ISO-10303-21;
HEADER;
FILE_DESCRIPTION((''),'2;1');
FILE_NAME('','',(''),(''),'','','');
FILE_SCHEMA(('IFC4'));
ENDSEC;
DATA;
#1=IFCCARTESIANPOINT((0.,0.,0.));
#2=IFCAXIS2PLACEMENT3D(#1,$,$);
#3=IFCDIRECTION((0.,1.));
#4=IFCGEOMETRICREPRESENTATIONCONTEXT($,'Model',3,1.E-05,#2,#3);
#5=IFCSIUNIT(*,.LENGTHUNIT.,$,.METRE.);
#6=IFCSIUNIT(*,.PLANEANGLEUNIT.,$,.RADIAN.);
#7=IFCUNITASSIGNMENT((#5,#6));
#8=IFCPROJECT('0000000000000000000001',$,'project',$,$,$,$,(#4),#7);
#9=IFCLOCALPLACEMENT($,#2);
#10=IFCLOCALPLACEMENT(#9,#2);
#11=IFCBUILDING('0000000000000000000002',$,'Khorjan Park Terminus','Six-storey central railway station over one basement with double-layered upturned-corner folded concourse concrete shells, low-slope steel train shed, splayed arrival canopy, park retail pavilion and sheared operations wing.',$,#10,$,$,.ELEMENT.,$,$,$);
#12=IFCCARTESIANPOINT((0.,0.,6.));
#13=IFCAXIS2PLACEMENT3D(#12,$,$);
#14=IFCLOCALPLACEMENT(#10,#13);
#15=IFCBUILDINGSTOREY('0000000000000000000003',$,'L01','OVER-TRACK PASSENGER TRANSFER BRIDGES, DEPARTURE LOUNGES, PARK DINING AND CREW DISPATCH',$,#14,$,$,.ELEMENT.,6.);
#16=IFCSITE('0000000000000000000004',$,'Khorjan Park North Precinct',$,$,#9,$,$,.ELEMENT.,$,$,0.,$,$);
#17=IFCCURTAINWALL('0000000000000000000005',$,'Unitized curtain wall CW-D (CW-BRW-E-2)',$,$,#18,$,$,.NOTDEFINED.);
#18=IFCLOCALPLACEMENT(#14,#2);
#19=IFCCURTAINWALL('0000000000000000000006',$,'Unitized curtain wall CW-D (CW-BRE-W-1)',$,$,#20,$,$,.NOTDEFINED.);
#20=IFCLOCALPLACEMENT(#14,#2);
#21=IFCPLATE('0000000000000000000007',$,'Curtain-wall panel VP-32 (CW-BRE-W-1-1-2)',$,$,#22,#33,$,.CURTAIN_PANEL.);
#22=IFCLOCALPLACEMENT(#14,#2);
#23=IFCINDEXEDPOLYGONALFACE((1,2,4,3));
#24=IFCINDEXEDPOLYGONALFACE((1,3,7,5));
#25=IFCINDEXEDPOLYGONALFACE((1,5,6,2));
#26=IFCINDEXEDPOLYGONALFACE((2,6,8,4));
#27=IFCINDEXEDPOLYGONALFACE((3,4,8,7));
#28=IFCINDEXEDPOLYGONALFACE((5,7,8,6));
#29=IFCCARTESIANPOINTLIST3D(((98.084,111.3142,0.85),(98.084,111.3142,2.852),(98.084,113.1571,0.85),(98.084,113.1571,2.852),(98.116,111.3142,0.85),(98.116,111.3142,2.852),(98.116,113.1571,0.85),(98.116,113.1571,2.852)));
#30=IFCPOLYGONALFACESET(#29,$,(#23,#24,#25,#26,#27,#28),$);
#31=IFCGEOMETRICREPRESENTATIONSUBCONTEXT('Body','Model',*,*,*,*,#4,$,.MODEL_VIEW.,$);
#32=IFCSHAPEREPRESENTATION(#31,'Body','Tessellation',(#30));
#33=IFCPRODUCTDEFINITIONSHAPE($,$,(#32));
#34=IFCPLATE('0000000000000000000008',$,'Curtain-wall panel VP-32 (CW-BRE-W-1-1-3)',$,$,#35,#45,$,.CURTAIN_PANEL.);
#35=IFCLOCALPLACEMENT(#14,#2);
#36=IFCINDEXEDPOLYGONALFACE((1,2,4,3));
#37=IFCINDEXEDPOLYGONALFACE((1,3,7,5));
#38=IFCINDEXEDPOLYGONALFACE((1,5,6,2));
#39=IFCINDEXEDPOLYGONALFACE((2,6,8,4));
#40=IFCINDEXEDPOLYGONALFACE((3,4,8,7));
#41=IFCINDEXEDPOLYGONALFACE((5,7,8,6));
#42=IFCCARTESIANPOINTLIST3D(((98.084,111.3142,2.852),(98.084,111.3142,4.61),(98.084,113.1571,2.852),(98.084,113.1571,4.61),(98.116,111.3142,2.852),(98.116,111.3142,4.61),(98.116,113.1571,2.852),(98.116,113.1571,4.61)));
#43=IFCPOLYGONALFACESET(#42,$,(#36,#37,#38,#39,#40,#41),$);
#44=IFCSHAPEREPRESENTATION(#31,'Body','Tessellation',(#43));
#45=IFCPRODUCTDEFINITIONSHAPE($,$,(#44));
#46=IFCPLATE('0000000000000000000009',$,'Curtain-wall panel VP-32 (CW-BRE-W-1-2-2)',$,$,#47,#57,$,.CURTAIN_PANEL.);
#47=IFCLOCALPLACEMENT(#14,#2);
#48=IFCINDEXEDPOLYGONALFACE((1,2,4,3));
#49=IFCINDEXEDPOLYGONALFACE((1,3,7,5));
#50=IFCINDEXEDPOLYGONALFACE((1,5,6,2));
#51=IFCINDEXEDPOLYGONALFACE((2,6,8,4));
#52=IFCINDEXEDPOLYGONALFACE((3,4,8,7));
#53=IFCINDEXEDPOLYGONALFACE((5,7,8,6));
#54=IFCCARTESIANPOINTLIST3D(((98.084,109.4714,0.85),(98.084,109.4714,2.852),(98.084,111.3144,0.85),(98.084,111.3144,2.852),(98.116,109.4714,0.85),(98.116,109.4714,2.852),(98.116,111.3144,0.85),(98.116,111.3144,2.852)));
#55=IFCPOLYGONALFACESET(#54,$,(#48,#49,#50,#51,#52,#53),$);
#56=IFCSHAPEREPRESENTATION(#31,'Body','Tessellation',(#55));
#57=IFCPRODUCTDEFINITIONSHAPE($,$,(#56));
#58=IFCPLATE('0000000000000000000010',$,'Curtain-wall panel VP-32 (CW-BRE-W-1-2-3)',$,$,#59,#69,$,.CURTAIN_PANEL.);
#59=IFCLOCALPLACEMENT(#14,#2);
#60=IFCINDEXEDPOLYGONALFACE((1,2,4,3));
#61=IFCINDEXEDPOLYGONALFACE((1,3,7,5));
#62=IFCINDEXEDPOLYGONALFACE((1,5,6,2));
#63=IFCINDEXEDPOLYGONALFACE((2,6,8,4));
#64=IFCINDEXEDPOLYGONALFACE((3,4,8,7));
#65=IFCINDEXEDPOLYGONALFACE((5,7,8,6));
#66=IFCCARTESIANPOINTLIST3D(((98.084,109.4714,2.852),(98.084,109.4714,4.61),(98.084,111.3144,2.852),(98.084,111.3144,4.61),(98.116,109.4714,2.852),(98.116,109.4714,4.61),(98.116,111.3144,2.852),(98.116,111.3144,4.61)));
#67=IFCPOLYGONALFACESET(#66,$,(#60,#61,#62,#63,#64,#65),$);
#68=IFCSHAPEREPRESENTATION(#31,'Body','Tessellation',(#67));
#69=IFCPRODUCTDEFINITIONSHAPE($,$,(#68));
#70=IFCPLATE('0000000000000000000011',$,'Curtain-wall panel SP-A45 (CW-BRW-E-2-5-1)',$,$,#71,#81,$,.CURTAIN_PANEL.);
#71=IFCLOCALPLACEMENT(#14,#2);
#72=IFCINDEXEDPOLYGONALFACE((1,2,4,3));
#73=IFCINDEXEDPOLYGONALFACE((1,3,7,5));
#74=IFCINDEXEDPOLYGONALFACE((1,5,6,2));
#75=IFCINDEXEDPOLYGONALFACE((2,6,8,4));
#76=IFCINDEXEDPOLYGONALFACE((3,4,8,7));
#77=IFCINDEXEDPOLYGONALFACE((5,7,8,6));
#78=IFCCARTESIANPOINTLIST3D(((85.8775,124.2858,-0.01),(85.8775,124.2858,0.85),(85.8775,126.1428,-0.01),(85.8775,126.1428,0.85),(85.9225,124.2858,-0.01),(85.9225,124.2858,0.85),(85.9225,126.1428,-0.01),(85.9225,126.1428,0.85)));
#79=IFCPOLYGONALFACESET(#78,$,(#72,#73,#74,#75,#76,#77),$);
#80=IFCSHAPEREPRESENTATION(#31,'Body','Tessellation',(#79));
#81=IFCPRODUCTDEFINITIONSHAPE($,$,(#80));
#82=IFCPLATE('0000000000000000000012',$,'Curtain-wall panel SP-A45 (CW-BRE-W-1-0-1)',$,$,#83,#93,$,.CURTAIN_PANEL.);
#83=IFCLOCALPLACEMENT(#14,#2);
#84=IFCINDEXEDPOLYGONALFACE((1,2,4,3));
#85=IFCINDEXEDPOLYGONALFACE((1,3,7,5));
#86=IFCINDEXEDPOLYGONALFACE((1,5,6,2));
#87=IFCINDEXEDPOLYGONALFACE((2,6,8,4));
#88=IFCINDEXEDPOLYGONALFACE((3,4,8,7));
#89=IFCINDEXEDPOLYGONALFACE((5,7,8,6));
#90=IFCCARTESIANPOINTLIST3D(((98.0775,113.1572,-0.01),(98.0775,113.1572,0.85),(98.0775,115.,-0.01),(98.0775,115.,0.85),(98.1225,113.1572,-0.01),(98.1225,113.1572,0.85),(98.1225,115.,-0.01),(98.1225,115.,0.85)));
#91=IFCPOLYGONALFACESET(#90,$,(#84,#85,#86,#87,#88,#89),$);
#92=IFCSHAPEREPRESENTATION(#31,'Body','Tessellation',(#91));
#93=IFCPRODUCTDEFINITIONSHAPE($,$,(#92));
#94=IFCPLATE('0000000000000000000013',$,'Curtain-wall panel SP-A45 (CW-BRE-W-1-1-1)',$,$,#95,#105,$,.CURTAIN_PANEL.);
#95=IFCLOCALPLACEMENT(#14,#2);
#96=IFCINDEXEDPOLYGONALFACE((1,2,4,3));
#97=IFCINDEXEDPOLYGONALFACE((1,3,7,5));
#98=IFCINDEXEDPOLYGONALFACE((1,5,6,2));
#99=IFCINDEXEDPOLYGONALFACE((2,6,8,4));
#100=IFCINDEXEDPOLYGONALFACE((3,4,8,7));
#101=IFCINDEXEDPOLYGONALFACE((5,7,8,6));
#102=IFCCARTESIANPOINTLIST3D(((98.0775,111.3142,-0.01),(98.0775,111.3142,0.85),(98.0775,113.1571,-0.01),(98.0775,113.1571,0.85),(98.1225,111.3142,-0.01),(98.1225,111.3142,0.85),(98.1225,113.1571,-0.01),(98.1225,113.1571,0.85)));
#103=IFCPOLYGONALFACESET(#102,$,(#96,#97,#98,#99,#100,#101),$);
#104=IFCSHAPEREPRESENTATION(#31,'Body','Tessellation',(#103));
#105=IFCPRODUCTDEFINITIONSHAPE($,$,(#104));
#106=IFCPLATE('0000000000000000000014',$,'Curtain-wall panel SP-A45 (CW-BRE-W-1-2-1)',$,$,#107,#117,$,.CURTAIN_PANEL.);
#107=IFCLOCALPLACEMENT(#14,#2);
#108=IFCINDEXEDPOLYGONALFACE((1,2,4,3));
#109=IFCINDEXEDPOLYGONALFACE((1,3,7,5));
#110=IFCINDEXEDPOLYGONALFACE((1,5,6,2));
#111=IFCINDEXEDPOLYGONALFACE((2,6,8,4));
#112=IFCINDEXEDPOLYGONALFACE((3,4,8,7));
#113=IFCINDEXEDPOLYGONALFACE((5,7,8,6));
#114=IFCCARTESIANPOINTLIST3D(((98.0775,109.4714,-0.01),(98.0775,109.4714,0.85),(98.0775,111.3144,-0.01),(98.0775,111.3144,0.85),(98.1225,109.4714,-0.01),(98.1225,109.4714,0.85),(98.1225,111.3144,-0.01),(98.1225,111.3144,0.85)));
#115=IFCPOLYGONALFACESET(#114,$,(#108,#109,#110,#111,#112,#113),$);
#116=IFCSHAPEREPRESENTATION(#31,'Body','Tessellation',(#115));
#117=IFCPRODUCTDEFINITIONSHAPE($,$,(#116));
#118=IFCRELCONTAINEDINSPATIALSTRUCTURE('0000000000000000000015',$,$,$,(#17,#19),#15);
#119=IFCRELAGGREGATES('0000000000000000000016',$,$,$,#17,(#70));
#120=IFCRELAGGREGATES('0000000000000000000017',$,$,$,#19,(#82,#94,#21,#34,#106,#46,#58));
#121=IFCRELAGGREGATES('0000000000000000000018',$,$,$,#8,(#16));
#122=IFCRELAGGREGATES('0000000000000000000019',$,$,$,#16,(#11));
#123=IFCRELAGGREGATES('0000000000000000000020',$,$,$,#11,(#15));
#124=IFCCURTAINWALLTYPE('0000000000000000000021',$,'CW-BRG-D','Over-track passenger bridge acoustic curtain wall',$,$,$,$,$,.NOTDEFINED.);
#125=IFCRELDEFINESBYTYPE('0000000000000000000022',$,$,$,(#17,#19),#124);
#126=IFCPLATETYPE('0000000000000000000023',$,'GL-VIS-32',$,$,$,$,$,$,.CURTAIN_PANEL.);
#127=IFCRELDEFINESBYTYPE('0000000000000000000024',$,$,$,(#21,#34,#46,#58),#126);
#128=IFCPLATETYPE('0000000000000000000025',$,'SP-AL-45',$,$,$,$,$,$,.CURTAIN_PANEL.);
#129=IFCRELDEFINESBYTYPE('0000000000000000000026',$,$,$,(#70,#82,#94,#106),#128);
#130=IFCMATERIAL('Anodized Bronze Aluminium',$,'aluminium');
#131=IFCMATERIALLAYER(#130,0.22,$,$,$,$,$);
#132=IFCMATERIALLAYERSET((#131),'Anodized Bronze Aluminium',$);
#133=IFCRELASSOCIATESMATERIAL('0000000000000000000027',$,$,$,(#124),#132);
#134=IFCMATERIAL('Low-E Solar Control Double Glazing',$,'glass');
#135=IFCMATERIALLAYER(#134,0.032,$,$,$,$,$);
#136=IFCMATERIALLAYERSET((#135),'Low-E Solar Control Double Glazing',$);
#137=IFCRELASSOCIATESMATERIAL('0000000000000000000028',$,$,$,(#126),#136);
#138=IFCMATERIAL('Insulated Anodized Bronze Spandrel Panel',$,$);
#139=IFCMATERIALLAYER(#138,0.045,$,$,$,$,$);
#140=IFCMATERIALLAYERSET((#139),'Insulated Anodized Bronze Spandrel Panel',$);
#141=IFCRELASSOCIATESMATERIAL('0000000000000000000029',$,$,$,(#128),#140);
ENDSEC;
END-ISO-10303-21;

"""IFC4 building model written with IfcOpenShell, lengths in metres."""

from ifc_helpers import new_model, si_unit, direction, frame, origin, origin_2d, place, context, subcontext, project, spatial, rectangle, extrude, material, layer, layer_set, type_object, element, aggregate, save


model = new_model("IFC4")

# Units and contexts
model_context = context("Model", 3, precision=1e-05, world=origin(), true_north=direction((0.0, 1.0)))
body_context = subcontext(model_context, "Body", "Model", "MODEL_VIEW")
ifc_project = project(units=[si_unit("LENGTHUNIT", "METRE"), si_unit("PLANEANGLEUNIT", "RADIAN")], contexts=[model_context])

# Site, building, storey
site_placement = place(None, origin())
site = spatial("IfcSite", under=ifc_project, at=site_placement, Name="Khorjan Park North Precinct", CompositionType="ELEMENT", RefElevation=0.0)
building_placement = place(site_placement, origin())
building = spatial("IfcBuilding", under=site, at=building_placement, Name="Khorjan Park Terminus", Description="Six-storey central railway station over one basement with double-layered upturned-corner folded concourse concrete shells, low-slope steel train shed, splayed arrival canopy, park retail pavilion and sheared operations wing.", CompositionType="ELEMENT")
storey_placement = place(building_placement, frame((0.0, 0.0, 6.0)))
storey = spatial("IfcBuildingStorey", under=building, at=storey_placement, Name="L01", Description="OVER-TRACK PASSENGER TRANSFER BRIDGES, DEPARTURE LOUNGES, PARK DINING AND CREW DISPATCH", CompositionType="ELEMENT", Elevation=6.0)

# Curtain wall
ifc_material_1 = material(Name="Anodized Bronze Aluminium", Category="aluminium")
ifc_layer_1 = layer(ifc_material_1, 0.22)
ifc_layer_set_1 = layer_set([ifc_layer_1], Name="Anodized Bronze Aluminium")
curtain_wall_type = type_object("IfcCurtainWallType", Name="CW-BRG-D", Description="Over-track passenger bridge acoustic curtain wall", PredefinedType="NOTDEFINED", material=ifc_layer_set_1)
curtain_wall_1_placement = place(storey_placement, origin())
curtain_wall_1 = element("IfcCurtainWall", 1, at=curtain_wall_1_placement, inside=storey, type_object=curtain_wall_type, Name="Unitized curtain wall CW-D (CW-BRW-E-2)", PredefinedType="NOTDEFINED")

# Curtain wall
curtain_wall_2_placement = place(storey_placement, origin())
curtain_wall_2 = element("IfcCurtainWall", 2, at=curtain_wall_2_placement, inside=storey, type_object=curtain_wall_type, Name="Unitized curtain wall CW-D (CW-BRE-W-1)", PredefinedType="NOTDEFINED")

# Plates
ifc_material_2 = material(Name="Low-E Solar Control Double Glazing", Category="glass")
ifc_layer_2 = layer(ifc_material_2, 0.032)
ifc_layer_set_2 = layer_set([ifc_layer_2], Name="Low-E Solar Control Double Glazing")
plate_type_1 = type_object("IfcPlateType", Name="GL-VIS-32", PredefinedType="CURTAIN_PANEL", material=ifc_layer_set_2)
plate_1_placement = place(storey_placement, frame((98.1, 112.2357, 0.85), z_axis=(0.0, 0.0, 1.0), x_axis=(0.0, -1.0, 0.0)))
plate_1 = element("IfcPlate", 3, at=plate_1_placement, type_object=plate_type_1, Name="Curtain-wall panel VP-32 (CW-BRE-W-1-1-2)", PredefinedType="CURTAIN_PANEL", context=body_context, shape_type="SweptSolid", body=[
    extrude(rectangle(XDim=1.8429, YDim=0.032, at=origin_2d()), origin(), (0.0, 0.0, 1.0), 2.002),
])
plate_2_placement = place(storey_placement, frame((98.1, 112.2357, 2.852), z_axis=(0.0, 0.0, 1.0), x_axis=(0.0, -1.0, 0.0)))
plate_2 = element("IfcPlate", 4, at=plate_2_placement, type_object=plate_type_1, Name="Curtain-wall panel VP-32 (CW-BRE-W-1-1-3)", PredefinedType="CURTAIN_PANEL", context=body_context, shape_type="SweptSolid", body=[
    extrude(rectangle(XDim=1.8429, YDim=0.032, at=origin_2d()), origin(), (0.0, 0.0, 1.0), 1.758),
])
plate_3_placement = place(storey_placement, frame((98.1, 110.3929, 0.85), z_axis=(0.0, 0.0, 1.0), x_axis=(0.0, -1.0, 0.0)))
plate_3 = element("IfcPlate", 5, at=plate_3_placement, type_object=plate_type_1, Name="Curtain-wall panel VP-32 (CW-BRE-W-1-2-2)", PredefinedType="CURTAIN_PANEL", context=body_context, shape_type="SweptSolid", body=[
    extrude(rectangle(XDim=1.8429, YDim=0.032, at=origin_2d()), origin(), (0.0, 0.0, 1.0), 2.002),
])
plate_4_placement = place(storey_placement, frame((98.1, 110.3929, 2.852), z_axis=(0.0, 0.0, 1.0), x_axis=(0.0, -1.0, 0.0)))
plate_4 = element("IfcPlate", 6, at=plate_4_placement, type_object=plate_type_1, Name="Curtain-wall panel VP-32 (CW-BRE-W-1-2-3)", PredefinedType="CURTAIN_PANEL", context=body_context, shape_type="SweptSolid", body=[
    extrude(rectangle(XDim=1.8429, YDim=0.032, at=origin_2d()), origin(), (0.0, 0.0, 1.0), 1.758),
])
ifc_material_3 = material(Name="Insulated Anodized Bronze Spandrel Panel")
ifc_layer_3 = layer(ifc_material_3, 0.045)
ifc_layer_set_3 = layer_set([ifc_layer_3], Name="Insulated Anodized Bronze Spandrel Panel")
plate_type_2 = type_object("IfcPlateType", Name="SP-AL-45", PredefinedType="CURTAIN_PANEL", material=ifc_layer_set_3)
plate_5_placement = place(storey_placement, frame((85.9, 125.2143, -0.01), z_axis=(0.0, 0.0, 1.0), x_axis=(0.0, 1.0, 0.0)))
plate_5 = element("IfcPlate", 7, at=plate_5_placement, type_object=plate_type_2, Name="Curtain-wall panel SP-A45 (CW-BRW-E-2-5-1)", PredefinedType="CURTAIN_PANEL", context=body_context, shape_type="SweptSolid", body=[
    extrude(rectangle(XDim=1.8571, YDim=0.045, at=origin_2d()), origin(), (0.0, 0.0, 1.0), 0.86),
])
aggregate(curtain_wall_1, [plate_5])
plate_6_placement = place(storey_placement, frame((98.1, 114.0786, -0.01), z_axis=(0.0, 0.0, 1.0), x_axis=(0.0, -1.0, 0.0)))
plate_6 = element("IfcPlate", 8, at=plate_6_placement, type_object=plate_type_2, Name="Curtain-wall panel SP-A45 (CW-BRE-W-1-0-1)", PredefinedType="CURTAIN_PANEL", context=body_context, shape_type="SweptSolid", body=[
    extrude(rectangle(XDim=1.8429, YDim=0.045, at=origin_2d()), origin(), (0.0, 0.0, 1.0), 0.86),
])
plate_7_placement = place(storey_placement, frame((98.1, 112.2357, -0.01), z_axis=(0.0, 0.0, 1.0), x_axis=(0.0, -1.0, 0.0)))
plate_7 = element("IfcPlate", 9, at=plate_7_placement, type_object=plate_type_2, Name="Curtain-wall panel SP-A45 (CW-BRE-W-1-1-1)", PredefinedType="CURTAIN_PANEL", context=body_context, shape_type="SweptSolid", body=[
    extrude(rectangle(XDim=1.8429, YDim=0.045, at=origin_2d()), origin(), (0.0, 0.0, 1.0), 0.86),
])
plate_8_placement = place(storey_placement, frame((98.1, 110.3929, -0.01), z_axis=(0.0, 0.0, 1.0), x_axis=(0.0, -1.0, 0.0)))
plate_8 = element("IfcPlate", 10, at=plate_8_placement, type_object=plate_type_2, Name="Curtain-wall panel SP-A45 (CW-BRE-W-1-2-1)", PredefinedType="CURTAIN_PANEL", context=body_context, shape_type="SweptSolid", body=[
    extrude(rectangle(XDim=1.8429, YDim=0.045, at=origin_2d()), origin(), (0.0, 0.0, 1.0), 0.86),
])
aggregate(curtain_wall_2, [plate_6, plate_7, plate_1, plate_2, plate_8, plate_3, plate_4])

save(model, "model.ifc")
